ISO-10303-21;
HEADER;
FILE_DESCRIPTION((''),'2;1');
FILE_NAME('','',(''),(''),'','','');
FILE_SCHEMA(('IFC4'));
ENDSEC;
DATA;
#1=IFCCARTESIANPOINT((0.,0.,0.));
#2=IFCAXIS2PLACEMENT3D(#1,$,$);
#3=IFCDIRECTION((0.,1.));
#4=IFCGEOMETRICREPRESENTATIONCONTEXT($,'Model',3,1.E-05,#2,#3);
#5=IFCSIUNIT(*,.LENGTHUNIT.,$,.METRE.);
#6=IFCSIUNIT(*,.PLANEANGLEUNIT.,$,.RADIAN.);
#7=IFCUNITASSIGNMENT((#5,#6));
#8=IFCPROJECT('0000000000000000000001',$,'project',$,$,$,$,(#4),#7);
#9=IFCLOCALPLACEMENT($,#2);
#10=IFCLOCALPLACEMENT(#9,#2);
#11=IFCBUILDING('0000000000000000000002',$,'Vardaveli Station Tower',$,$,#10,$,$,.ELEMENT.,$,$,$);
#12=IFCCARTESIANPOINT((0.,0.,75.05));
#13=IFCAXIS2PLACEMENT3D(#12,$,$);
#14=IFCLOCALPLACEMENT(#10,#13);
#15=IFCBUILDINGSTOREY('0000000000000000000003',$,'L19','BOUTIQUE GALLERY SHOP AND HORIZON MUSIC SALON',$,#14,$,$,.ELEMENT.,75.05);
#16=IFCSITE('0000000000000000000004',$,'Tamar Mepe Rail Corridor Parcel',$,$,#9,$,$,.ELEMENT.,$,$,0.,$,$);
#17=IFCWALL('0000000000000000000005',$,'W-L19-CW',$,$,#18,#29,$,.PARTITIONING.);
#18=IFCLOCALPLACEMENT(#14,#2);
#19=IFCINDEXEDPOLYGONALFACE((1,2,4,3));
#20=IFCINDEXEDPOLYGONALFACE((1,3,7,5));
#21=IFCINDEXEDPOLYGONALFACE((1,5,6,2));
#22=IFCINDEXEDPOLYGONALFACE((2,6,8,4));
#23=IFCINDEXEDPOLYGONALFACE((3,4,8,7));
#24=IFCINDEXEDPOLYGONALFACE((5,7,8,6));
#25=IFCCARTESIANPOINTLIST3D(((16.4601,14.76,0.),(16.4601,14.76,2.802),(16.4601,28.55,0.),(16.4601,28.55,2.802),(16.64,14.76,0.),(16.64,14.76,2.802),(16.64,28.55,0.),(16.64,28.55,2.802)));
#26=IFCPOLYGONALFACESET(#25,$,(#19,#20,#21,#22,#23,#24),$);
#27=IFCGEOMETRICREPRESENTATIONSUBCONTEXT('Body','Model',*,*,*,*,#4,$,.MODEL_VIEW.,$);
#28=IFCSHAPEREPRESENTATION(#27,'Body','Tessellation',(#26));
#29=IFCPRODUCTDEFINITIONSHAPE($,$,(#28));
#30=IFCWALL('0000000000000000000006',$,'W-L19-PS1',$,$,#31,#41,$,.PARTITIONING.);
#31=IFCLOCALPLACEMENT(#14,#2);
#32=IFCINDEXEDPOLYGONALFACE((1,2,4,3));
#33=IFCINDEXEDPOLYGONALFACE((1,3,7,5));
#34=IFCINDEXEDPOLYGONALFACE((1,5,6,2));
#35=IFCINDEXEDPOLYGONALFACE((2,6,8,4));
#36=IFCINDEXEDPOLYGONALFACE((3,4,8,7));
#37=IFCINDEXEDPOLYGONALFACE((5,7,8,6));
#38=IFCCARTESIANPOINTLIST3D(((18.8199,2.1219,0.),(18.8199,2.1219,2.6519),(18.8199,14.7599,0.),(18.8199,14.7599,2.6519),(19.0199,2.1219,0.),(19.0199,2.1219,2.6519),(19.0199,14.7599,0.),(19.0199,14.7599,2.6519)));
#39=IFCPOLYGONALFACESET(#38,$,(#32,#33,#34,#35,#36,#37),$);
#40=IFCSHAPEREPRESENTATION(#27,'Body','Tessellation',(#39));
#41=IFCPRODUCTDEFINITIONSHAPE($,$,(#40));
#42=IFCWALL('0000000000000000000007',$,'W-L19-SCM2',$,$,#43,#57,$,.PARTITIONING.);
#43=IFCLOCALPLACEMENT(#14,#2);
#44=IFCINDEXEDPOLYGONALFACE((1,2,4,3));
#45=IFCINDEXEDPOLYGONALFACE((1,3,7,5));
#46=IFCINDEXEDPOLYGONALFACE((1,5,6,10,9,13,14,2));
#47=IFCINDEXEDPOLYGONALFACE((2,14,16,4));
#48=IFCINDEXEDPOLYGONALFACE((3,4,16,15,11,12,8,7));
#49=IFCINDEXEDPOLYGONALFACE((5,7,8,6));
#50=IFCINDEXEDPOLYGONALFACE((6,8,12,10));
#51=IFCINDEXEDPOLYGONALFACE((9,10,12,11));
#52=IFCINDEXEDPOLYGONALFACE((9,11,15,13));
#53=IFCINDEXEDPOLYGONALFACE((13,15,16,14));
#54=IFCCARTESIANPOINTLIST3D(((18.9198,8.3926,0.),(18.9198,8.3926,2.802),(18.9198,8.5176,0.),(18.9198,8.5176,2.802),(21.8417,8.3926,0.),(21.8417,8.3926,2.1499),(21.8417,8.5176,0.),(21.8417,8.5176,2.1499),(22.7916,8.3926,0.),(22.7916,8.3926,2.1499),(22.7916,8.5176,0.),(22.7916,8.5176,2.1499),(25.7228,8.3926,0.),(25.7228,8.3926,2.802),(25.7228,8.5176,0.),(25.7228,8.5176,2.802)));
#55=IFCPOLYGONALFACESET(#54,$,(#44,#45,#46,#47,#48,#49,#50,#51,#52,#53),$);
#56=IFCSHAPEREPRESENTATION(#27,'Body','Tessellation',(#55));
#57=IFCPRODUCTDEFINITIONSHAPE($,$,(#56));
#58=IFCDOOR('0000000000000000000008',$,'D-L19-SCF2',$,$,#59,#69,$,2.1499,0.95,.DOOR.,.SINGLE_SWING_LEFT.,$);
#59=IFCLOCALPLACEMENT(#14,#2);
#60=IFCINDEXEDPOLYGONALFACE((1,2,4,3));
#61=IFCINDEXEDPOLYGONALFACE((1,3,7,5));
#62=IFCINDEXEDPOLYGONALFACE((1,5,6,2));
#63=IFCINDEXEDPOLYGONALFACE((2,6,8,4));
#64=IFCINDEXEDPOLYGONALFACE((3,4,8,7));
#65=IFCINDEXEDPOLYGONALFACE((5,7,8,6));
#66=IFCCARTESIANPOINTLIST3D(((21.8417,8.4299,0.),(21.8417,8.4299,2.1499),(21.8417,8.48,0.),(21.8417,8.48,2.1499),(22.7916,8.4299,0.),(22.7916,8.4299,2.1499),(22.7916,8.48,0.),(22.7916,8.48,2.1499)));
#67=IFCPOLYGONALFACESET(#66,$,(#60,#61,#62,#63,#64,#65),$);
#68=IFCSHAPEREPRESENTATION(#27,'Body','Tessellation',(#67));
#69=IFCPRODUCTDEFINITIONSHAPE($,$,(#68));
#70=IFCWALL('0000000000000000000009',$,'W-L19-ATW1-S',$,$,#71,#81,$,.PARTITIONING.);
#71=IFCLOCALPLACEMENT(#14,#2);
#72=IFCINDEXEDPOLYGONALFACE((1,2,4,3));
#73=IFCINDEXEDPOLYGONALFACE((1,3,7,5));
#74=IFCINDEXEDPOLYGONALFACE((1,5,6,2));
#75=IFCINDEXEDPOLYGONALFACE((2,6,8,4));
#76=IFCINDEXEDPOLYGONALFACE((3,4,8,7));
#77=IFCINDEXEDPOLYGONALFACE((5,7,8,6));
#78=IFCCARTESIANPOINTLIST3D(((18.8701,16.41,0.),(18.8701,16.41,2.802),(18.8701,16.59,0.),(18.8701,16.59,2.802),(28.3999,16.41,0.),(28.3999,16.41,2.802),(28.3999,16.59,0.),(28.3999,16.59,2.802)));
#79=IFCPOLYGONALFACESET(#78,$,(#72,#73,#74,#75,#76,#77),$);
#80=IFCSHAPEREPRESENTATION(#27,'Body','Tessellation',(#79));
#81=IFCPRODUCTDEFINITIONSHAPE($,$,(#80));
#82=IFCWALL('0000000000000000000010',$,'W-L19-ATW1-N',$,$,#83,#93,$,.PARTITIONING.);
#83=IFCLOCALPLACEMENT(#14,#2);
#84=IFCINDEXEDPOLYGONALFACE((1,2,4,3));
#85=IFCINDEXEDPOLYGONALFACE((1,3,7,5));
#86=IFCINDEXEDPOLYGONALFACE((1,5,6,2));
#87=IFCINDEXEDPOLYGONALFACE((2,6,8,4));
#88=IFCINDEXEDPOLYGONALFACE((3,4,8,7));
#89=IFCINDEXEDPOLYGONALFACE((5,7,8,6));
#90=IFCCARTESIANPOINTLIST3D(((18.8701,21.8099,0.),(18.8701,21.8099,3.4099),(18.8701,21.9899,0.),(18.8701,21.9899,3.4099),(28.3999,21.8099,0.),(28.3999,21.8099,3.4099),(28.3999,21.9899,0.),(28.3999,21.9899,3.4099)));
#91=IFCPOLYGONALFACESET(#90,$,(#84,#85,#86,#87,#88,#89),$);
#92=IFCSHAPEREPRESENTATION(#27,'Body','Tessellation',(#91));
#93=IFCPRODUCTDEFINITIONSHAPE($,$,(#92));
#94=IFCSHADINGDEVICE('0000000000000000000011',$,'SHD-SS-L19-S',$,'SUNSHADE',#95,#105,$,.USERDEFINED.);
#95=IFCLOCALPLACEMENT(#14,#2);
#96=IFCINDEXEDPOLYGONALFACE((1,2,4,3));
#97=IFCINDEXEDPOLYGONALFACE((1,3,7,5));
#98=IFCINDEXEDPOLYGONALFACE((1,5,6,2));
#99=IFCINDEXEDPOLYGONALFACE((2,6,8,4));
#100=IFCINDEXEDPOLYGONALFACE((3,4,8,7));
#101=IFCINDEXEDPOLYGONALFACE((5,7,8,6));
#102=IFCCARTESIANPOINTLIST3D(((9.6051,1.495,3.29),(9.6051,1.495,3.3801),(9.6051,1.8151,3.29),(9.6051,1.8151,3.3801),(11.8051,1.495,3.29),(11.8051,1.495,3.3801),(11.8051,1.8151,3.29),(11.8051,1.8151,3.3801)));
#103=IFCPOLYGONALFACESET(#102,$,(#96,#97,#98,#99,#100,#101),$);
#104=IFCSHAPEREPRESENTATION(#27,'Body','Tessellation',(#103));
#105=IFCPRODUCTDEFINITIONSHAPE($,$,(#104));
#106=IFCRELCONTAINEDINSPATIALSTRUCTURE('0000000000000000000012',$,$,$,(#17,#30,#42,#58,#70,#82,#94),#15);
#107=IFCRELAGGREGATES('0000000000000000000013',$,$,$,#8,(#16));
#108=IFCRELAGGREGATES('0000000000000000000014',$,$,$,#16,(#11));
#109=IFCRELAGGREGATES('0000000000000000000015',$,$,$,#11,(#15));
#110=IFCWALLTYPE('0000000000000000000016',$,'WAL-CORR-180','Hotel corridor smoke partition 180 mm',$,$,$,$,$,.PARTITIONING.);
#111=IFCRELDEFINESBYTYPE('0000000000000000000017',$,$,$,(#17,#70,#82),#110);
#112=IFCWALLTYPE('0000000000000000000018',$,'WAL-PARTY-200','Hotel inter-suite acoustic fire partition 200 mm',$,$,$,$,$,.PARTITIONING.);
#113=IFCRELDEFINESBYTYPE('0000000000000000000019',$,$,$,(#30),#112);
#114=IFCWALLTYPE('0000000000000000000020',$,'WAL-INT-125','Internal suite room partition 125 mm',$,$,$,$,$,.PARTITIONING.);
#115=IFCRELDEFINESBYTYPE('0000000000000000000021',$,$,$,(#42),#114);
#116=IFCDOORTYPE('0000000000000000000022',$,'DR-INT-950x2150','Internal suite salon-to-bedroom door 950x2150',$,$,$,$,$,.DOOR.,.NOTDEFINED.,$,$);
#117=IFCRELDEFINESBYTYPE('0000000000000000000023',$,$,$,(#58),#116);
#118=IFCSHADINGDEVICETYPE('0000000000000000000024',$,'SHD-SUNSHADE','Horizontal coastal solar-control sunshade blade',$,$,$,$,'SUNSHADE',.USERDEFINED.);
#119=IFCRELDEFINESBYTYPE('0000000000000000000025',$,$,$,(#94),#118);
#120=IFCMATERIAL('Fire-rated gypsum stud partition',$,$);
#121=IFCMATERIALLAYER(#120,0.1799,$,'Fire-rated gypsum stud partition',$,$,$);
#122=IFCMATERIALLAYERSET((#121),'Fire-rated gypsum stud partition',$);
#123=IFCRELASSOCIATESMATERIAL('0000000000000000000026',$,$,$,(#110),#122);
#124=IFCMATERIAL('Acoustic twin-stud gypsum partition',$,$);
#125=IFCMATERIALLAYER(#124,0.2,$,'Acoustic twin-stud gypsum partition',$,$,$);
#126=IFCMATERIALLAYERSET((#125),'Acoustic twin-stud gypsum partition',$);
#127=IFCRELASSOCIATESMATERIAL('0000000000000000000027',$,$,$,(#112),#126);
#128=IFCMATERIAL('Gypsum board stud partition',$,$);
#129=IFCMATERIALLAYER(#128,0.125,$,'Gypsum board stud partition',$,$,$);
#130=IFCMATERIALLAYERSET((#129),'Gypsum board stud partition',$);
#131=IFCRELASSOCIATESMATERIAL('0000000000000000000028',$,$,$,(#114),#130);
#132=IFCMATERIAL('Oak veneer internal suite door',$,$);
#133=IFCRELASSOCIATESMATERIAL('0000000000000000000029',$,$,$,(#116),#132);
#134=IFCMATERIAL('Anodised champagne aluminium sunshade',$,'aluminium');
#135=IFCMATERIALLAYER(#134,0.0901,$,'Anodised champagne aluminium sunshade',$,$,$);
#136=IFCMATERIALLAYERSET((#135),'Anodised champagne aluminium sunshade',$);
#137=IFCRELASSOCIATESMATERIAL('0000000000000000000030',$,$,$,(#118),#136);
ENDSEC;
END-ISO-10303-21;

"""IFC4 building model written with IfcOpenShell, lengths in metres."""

from ifc_helpers import new_model, si_unit, direction, frame, frame_2d, origin, origin_2d, place, context, subcontext, project, spatial, rectangle, extrude, source, transform, mapped, material, layer, layer_set, type_object, element, fill, save


model = new_model("IFC4")

# Units and contexts
model_context = context("Model", 3, precision=1e-05, world=origin(), true_north=direction((0.0, 1.0)))
body_context = subcontext(model_context, "Body", "Model", "MODEL_VIEW")
ifc_project = project(units=[si_unit("LENGTHUNIT", "METRE"), si_unit("PLANEANGLEUNIT", "RADIAN")], contexts=[model_context])

# Site, building, storey
site_placement = place(None, origin())
site = spatial("IfcSite", under=ifc_project, at=site_placement, Name="Tamar Mepe Rail Corridor Parcel", CompositionType="ELEMENT", RefElevation=0.0)
building_placement = place(site_placement, origin())
building = spatial("IfcBuilding", under=site, at=building_placement, Name="Vardaveli Station Tower", CompositionType="ELEMENT")
storey_placement = place(building_placement, frame((0.0, 0.0, 75.05)))
storey = spatial("IfcBuildingStorey", under=building, at=storey_placement, Name="L19", Description="BOUTIQUE GALLERY SHOP AND HORIZON MUSIC SALON", CompositionType="ELEMENT", Elevation=75.05)

# Shared definitions
ifc_material_1 = material(Name="Fire-rated gypsum stud partition")
ifc_layer_1 = layer(ifc_material_1, 0.1799, Name="Fire-rated gypsum stud partition")
ifc_layer_set_1 = layer_set([ifc_layer_1], Name="Fire-rated gypsum stud partition")
wall_type_1 = type_object("IfcWallType", Name="WAL-CORR-180", Description="Hotel corridor smoke partition 180 mm", PredefinedType="PARTITIONING", material=ifc_layer_set_1)

# Walls
shared_shape_1 = source(origin(), body_context, "Body", "SweptSolid", [
    extrude(rectangle(XDim=13.79, YDim=0.1799, at=frame_2d((6.895, 0.0))), origin(), (0.0, 0.0, 1.0), 2.802),
])
wall_1_placement = place(storey_placement, frame((16.55, 14.76, 0.0), z_axis=(0.0, 0.0, 1.0), x_axis=(0.0, 1.0, 0.0)))
element("IfcWall", 1, at=wall_1_placement, inside=storey, type_object=wall_type_1, Name="W-L19-CW", PredefinedType="PARTITIONING", context=body_context, shape_type="MappedRepresentation", body=[
    mapped(shared_shape_1, transform((0.0, 0.0, 0.0), scale=1.0)),
])
ifc_material_2 = material(Name="Acoustic twin-stud gypsum partition")
ifc_layer_2 = layer(ifc_material_2, 0.2, Name="Acoustic twin-stud gypsum partition")
ifc_layer_set_2 = layer_set([ifc_layer_2], Name="Acoustic twin-stud gypsum partition")
wall_type_2 = type_object("IfcWallType", Name="WAL-PARTY-200", Description="Hotel inter-suite acoustic fire partition 200 mm", PredefinedType="PARTITIONING", material=ifc_layer_set_2)
shared_shape_2 = source(origin(), body_context, "Body", "SweptSolid", [
    extrude(rectangle(XDim=12.6379, YDim=0.2, at=frame_2d((6.3188, 0.0))), origin(), (0.0, 0.0, 1.0), 2.6519),
])
wall_2_placement = place(storey_placement, frame((18.9199, 2.1221, 0.0), z_axis=(0.0, 0.0, 1.0), x_axis=(0.0, 1.0, 0.0)))
element("IfcWall", 2, at=wall_2_placement, inside=storey, type_object=wall_type_2, Name="W-L19-PS1", PredefinedType="PARTITIONING", context=body_context, shape_type="MappedRepresentation", body=[
    mapped(shared_shape_2, transform((0.0, 0.0, 0.0), scale=1.0)),
])

# Wall, opening, door
ifc_material_3 = material(Name="Gypsum board stud partition")
ifc_layer_3 = layer(ifc_material_3, 0.125, Name="Gypsum board stud partition")
ifc_layer_set_3 = layer_set([ifc_layer_3], Name="Gypsum board stud partition")
wall_type_3 = type_object("IfcWallType", Name="WAL-INT-125", Description="Internal suite room partition 125 mm", PredefinedType="PARTITIONING", material=ifc_layer_set_3)
shared_shape_3 = source(origin(), body_context, "Body", "SweptSolid", [
    extrude(rectangle(XDim=6.803, YDim=0.125, at=frame_2d((3.4014, 0.0))), origin(), (0.0, 0.0, 1.0), 2.802),
])
wall_3_placement = place(storey_placement, frame((18.9199, 8.4551, 0.0), z_axis=(0.0, 0.0, 1.0), x_axis=(1.0, 0.0, 0.0)))
wall_3 = element("IfcWall", 3, at=wall_3_placement, inside=storey, type_object=wall_type_3, Name="W-L19-SCM2", PredefinedType="PARTITIONING", context=body_context, shape_type="MappedRepresentation", body=[
    mapped(shared_shape_3, transform((0.0, 0.0, 0.0), scale=1.0)),
])
shared_shape_4 = source(origin(), body_context, "Body", "SweptSolid", [
    extrude(rectangle(XDim=0.95, YDim=2.1499, at=frame_2d((0.4751, 1.075))), frame((0.0, 0.0725, 0.0), z_axis=(0.0, -1.0, 0.0), x_axis=(1.0, 0.0, 0.0)), (0.0, 0.0, 1.0), 0.145),
])
opening_1_placement = place(wall_3_placement, frame((2.9216, 0.0, 0.0)))
opening_1 = element("IfcOpeningElement", 4, at=opening_1_placement, cuts=wall_3, PredefinedType="OPENING", context=body_context, shape_type="MappedRepresentation", body=[
    mapped(shared_shape_4, transform((0.0, 0.0, 0.0), scale=1.0)),
])
ifc_material_4 = material(Name="Oak veneer internal suite door")
door_type_1 = type_object("IfcDoorType", Name="DR-INT-950x2150", Description="Internal suite salon-to-bedroom door 950x2150", OperationType="NOTDEFINED", PredefinedType="DOOR", material=ifc_material_4)
shared_shape_5 = source(origin(), body_context, "Body", "SweptSolid", [
    extrude(rectangle(XDim=0.95, YDim=2.1499, at=frame_2d((0.4751, 1.075))), frame((0.0, 0.0249, 0.0), z_axis=(0.0, -1.0, 0.0), x_axis=(1.0, 0.0, 0.0)), (0.0, 0.0, 1.0), 0.05),
])
door_1_placement = place(opening_1_placement, origin())
door_1 = element("IfcDoor", 5, at=door_1_placement, inside=storey, type_object=door_type_1, Name="D-L19-SCF2", OperationType="SINGLE_SWING_LEFT", OverallHeight=2.1499, OverallWidth=0.95, PredefinedType="DOOR", context=body_context, shape_type="MappedRepresentation", body=[
    mapped(shared_shape_5, transform((0.0, 0.0, 0.0), scale=1.0)),
])
fill(opening_1, door_1)

# Walls
shared_shape_6 = source(origin(), body_context, "Body", "SweptSolid", [
    extrude(rectangle(XDim=9.5298, YDim=0.1799, at=frame_2d((4.7649, 0.0))), origin(), (0.0, 0.0, 1.0), 2.802),
])
wall_4_placement = place(storey_placement, frame((18.8701, 16.5, 0.0), z_axis=(0.0, 0.0, 1.0), x_axis=(1.0, 0.0, 0.0)))
element("IfcWall", 6, at=wall_4_placement, inside=storey, type_object=wall_type_1, Name="W-L19-ATW1-S", PredefinedType="PARTITIONING", context=body_context, shape_type="MappedRepresentation", body=[
    mapped(shared_shape_6, transform((0.0, 0.0, 0.0), scale=1.0)),
])
shared_shape_7 = source(origin(), body_context, "Body", "SweptSolid", [
    extrude(rectangle(XDim=9.5298, YDim=0.1799, at=frame_2d((4.7649, 0.0))), origin(), (0.0, 0.0, 1.0), 3.4099),
])
wall_5_placement = place(storey_placement, frame((18.8701, 21.8999, 0.0), z_axis=(0.0, 0.0, 1.0), x_axis=(1.0, 0.0, 0.0)))
element("IfcWall", 7, at=wall_5_placement, inside=storey, type_object=wall_type_1, Name="W-L19-ATW1-N", PredefinedType="PARTITIONING", context=body_context, shape_type="MappedRepresentation", body=[
    mapped(shared_shape_7, transform((0.0, 0.0, 0.0), scale=1.0)),
])

# Shading device
ifc_material_5 = material(Name="Anodised champagne aluminium sunshade", Category="aluminium")
ifc_layer_4 = layer(ifc_material_5, 0.0901, Name="Anodised champagne aluminium sunshade")
ifc_layer_set_4 = layer_set([ifc_layer_4], Name="Anodised champagne aluminium sunshade")
shading_device_type = type_object("IfcShadingDeviceType", Name="SHD-SUNSHADE", Description="Horizontal coastal solar-control sunshade blade", ElementType="SUNSHADE", PredefinedType="USERDEFINED", material=ifc_layer_set_4)
shared_shape_8 = source(origin(), body_context, "Body", "SweptSolid", [
    extrude(rectangle(XDim=2.2, YDim=0.3201, at=origin_2d()), origin(), (0.0, 0.0, 1.0), 0.0901),
])
shading_device_placement = place(storey_placement, frame((10.7051, 1.655, 3.29), z_axis=(0.0, 0.0, 1.0), x_axis=(1.0, 0.0, 0.0)))
element("IfcShadingDevice", 8, at=shading_device_placement, inside=storey, type_object=shading_device_type, Name="SHD-SS-L19-S", ObjectType="SUNSHADE", PredefinedType="USERDEFINED", context=body_context, shape_type="MappedRepresentation", body=[
    mapped(shared_shape_8, transform((0.0, 0.0, 0.0), scale=1.0)),
])

save(model, "model.ifc")
